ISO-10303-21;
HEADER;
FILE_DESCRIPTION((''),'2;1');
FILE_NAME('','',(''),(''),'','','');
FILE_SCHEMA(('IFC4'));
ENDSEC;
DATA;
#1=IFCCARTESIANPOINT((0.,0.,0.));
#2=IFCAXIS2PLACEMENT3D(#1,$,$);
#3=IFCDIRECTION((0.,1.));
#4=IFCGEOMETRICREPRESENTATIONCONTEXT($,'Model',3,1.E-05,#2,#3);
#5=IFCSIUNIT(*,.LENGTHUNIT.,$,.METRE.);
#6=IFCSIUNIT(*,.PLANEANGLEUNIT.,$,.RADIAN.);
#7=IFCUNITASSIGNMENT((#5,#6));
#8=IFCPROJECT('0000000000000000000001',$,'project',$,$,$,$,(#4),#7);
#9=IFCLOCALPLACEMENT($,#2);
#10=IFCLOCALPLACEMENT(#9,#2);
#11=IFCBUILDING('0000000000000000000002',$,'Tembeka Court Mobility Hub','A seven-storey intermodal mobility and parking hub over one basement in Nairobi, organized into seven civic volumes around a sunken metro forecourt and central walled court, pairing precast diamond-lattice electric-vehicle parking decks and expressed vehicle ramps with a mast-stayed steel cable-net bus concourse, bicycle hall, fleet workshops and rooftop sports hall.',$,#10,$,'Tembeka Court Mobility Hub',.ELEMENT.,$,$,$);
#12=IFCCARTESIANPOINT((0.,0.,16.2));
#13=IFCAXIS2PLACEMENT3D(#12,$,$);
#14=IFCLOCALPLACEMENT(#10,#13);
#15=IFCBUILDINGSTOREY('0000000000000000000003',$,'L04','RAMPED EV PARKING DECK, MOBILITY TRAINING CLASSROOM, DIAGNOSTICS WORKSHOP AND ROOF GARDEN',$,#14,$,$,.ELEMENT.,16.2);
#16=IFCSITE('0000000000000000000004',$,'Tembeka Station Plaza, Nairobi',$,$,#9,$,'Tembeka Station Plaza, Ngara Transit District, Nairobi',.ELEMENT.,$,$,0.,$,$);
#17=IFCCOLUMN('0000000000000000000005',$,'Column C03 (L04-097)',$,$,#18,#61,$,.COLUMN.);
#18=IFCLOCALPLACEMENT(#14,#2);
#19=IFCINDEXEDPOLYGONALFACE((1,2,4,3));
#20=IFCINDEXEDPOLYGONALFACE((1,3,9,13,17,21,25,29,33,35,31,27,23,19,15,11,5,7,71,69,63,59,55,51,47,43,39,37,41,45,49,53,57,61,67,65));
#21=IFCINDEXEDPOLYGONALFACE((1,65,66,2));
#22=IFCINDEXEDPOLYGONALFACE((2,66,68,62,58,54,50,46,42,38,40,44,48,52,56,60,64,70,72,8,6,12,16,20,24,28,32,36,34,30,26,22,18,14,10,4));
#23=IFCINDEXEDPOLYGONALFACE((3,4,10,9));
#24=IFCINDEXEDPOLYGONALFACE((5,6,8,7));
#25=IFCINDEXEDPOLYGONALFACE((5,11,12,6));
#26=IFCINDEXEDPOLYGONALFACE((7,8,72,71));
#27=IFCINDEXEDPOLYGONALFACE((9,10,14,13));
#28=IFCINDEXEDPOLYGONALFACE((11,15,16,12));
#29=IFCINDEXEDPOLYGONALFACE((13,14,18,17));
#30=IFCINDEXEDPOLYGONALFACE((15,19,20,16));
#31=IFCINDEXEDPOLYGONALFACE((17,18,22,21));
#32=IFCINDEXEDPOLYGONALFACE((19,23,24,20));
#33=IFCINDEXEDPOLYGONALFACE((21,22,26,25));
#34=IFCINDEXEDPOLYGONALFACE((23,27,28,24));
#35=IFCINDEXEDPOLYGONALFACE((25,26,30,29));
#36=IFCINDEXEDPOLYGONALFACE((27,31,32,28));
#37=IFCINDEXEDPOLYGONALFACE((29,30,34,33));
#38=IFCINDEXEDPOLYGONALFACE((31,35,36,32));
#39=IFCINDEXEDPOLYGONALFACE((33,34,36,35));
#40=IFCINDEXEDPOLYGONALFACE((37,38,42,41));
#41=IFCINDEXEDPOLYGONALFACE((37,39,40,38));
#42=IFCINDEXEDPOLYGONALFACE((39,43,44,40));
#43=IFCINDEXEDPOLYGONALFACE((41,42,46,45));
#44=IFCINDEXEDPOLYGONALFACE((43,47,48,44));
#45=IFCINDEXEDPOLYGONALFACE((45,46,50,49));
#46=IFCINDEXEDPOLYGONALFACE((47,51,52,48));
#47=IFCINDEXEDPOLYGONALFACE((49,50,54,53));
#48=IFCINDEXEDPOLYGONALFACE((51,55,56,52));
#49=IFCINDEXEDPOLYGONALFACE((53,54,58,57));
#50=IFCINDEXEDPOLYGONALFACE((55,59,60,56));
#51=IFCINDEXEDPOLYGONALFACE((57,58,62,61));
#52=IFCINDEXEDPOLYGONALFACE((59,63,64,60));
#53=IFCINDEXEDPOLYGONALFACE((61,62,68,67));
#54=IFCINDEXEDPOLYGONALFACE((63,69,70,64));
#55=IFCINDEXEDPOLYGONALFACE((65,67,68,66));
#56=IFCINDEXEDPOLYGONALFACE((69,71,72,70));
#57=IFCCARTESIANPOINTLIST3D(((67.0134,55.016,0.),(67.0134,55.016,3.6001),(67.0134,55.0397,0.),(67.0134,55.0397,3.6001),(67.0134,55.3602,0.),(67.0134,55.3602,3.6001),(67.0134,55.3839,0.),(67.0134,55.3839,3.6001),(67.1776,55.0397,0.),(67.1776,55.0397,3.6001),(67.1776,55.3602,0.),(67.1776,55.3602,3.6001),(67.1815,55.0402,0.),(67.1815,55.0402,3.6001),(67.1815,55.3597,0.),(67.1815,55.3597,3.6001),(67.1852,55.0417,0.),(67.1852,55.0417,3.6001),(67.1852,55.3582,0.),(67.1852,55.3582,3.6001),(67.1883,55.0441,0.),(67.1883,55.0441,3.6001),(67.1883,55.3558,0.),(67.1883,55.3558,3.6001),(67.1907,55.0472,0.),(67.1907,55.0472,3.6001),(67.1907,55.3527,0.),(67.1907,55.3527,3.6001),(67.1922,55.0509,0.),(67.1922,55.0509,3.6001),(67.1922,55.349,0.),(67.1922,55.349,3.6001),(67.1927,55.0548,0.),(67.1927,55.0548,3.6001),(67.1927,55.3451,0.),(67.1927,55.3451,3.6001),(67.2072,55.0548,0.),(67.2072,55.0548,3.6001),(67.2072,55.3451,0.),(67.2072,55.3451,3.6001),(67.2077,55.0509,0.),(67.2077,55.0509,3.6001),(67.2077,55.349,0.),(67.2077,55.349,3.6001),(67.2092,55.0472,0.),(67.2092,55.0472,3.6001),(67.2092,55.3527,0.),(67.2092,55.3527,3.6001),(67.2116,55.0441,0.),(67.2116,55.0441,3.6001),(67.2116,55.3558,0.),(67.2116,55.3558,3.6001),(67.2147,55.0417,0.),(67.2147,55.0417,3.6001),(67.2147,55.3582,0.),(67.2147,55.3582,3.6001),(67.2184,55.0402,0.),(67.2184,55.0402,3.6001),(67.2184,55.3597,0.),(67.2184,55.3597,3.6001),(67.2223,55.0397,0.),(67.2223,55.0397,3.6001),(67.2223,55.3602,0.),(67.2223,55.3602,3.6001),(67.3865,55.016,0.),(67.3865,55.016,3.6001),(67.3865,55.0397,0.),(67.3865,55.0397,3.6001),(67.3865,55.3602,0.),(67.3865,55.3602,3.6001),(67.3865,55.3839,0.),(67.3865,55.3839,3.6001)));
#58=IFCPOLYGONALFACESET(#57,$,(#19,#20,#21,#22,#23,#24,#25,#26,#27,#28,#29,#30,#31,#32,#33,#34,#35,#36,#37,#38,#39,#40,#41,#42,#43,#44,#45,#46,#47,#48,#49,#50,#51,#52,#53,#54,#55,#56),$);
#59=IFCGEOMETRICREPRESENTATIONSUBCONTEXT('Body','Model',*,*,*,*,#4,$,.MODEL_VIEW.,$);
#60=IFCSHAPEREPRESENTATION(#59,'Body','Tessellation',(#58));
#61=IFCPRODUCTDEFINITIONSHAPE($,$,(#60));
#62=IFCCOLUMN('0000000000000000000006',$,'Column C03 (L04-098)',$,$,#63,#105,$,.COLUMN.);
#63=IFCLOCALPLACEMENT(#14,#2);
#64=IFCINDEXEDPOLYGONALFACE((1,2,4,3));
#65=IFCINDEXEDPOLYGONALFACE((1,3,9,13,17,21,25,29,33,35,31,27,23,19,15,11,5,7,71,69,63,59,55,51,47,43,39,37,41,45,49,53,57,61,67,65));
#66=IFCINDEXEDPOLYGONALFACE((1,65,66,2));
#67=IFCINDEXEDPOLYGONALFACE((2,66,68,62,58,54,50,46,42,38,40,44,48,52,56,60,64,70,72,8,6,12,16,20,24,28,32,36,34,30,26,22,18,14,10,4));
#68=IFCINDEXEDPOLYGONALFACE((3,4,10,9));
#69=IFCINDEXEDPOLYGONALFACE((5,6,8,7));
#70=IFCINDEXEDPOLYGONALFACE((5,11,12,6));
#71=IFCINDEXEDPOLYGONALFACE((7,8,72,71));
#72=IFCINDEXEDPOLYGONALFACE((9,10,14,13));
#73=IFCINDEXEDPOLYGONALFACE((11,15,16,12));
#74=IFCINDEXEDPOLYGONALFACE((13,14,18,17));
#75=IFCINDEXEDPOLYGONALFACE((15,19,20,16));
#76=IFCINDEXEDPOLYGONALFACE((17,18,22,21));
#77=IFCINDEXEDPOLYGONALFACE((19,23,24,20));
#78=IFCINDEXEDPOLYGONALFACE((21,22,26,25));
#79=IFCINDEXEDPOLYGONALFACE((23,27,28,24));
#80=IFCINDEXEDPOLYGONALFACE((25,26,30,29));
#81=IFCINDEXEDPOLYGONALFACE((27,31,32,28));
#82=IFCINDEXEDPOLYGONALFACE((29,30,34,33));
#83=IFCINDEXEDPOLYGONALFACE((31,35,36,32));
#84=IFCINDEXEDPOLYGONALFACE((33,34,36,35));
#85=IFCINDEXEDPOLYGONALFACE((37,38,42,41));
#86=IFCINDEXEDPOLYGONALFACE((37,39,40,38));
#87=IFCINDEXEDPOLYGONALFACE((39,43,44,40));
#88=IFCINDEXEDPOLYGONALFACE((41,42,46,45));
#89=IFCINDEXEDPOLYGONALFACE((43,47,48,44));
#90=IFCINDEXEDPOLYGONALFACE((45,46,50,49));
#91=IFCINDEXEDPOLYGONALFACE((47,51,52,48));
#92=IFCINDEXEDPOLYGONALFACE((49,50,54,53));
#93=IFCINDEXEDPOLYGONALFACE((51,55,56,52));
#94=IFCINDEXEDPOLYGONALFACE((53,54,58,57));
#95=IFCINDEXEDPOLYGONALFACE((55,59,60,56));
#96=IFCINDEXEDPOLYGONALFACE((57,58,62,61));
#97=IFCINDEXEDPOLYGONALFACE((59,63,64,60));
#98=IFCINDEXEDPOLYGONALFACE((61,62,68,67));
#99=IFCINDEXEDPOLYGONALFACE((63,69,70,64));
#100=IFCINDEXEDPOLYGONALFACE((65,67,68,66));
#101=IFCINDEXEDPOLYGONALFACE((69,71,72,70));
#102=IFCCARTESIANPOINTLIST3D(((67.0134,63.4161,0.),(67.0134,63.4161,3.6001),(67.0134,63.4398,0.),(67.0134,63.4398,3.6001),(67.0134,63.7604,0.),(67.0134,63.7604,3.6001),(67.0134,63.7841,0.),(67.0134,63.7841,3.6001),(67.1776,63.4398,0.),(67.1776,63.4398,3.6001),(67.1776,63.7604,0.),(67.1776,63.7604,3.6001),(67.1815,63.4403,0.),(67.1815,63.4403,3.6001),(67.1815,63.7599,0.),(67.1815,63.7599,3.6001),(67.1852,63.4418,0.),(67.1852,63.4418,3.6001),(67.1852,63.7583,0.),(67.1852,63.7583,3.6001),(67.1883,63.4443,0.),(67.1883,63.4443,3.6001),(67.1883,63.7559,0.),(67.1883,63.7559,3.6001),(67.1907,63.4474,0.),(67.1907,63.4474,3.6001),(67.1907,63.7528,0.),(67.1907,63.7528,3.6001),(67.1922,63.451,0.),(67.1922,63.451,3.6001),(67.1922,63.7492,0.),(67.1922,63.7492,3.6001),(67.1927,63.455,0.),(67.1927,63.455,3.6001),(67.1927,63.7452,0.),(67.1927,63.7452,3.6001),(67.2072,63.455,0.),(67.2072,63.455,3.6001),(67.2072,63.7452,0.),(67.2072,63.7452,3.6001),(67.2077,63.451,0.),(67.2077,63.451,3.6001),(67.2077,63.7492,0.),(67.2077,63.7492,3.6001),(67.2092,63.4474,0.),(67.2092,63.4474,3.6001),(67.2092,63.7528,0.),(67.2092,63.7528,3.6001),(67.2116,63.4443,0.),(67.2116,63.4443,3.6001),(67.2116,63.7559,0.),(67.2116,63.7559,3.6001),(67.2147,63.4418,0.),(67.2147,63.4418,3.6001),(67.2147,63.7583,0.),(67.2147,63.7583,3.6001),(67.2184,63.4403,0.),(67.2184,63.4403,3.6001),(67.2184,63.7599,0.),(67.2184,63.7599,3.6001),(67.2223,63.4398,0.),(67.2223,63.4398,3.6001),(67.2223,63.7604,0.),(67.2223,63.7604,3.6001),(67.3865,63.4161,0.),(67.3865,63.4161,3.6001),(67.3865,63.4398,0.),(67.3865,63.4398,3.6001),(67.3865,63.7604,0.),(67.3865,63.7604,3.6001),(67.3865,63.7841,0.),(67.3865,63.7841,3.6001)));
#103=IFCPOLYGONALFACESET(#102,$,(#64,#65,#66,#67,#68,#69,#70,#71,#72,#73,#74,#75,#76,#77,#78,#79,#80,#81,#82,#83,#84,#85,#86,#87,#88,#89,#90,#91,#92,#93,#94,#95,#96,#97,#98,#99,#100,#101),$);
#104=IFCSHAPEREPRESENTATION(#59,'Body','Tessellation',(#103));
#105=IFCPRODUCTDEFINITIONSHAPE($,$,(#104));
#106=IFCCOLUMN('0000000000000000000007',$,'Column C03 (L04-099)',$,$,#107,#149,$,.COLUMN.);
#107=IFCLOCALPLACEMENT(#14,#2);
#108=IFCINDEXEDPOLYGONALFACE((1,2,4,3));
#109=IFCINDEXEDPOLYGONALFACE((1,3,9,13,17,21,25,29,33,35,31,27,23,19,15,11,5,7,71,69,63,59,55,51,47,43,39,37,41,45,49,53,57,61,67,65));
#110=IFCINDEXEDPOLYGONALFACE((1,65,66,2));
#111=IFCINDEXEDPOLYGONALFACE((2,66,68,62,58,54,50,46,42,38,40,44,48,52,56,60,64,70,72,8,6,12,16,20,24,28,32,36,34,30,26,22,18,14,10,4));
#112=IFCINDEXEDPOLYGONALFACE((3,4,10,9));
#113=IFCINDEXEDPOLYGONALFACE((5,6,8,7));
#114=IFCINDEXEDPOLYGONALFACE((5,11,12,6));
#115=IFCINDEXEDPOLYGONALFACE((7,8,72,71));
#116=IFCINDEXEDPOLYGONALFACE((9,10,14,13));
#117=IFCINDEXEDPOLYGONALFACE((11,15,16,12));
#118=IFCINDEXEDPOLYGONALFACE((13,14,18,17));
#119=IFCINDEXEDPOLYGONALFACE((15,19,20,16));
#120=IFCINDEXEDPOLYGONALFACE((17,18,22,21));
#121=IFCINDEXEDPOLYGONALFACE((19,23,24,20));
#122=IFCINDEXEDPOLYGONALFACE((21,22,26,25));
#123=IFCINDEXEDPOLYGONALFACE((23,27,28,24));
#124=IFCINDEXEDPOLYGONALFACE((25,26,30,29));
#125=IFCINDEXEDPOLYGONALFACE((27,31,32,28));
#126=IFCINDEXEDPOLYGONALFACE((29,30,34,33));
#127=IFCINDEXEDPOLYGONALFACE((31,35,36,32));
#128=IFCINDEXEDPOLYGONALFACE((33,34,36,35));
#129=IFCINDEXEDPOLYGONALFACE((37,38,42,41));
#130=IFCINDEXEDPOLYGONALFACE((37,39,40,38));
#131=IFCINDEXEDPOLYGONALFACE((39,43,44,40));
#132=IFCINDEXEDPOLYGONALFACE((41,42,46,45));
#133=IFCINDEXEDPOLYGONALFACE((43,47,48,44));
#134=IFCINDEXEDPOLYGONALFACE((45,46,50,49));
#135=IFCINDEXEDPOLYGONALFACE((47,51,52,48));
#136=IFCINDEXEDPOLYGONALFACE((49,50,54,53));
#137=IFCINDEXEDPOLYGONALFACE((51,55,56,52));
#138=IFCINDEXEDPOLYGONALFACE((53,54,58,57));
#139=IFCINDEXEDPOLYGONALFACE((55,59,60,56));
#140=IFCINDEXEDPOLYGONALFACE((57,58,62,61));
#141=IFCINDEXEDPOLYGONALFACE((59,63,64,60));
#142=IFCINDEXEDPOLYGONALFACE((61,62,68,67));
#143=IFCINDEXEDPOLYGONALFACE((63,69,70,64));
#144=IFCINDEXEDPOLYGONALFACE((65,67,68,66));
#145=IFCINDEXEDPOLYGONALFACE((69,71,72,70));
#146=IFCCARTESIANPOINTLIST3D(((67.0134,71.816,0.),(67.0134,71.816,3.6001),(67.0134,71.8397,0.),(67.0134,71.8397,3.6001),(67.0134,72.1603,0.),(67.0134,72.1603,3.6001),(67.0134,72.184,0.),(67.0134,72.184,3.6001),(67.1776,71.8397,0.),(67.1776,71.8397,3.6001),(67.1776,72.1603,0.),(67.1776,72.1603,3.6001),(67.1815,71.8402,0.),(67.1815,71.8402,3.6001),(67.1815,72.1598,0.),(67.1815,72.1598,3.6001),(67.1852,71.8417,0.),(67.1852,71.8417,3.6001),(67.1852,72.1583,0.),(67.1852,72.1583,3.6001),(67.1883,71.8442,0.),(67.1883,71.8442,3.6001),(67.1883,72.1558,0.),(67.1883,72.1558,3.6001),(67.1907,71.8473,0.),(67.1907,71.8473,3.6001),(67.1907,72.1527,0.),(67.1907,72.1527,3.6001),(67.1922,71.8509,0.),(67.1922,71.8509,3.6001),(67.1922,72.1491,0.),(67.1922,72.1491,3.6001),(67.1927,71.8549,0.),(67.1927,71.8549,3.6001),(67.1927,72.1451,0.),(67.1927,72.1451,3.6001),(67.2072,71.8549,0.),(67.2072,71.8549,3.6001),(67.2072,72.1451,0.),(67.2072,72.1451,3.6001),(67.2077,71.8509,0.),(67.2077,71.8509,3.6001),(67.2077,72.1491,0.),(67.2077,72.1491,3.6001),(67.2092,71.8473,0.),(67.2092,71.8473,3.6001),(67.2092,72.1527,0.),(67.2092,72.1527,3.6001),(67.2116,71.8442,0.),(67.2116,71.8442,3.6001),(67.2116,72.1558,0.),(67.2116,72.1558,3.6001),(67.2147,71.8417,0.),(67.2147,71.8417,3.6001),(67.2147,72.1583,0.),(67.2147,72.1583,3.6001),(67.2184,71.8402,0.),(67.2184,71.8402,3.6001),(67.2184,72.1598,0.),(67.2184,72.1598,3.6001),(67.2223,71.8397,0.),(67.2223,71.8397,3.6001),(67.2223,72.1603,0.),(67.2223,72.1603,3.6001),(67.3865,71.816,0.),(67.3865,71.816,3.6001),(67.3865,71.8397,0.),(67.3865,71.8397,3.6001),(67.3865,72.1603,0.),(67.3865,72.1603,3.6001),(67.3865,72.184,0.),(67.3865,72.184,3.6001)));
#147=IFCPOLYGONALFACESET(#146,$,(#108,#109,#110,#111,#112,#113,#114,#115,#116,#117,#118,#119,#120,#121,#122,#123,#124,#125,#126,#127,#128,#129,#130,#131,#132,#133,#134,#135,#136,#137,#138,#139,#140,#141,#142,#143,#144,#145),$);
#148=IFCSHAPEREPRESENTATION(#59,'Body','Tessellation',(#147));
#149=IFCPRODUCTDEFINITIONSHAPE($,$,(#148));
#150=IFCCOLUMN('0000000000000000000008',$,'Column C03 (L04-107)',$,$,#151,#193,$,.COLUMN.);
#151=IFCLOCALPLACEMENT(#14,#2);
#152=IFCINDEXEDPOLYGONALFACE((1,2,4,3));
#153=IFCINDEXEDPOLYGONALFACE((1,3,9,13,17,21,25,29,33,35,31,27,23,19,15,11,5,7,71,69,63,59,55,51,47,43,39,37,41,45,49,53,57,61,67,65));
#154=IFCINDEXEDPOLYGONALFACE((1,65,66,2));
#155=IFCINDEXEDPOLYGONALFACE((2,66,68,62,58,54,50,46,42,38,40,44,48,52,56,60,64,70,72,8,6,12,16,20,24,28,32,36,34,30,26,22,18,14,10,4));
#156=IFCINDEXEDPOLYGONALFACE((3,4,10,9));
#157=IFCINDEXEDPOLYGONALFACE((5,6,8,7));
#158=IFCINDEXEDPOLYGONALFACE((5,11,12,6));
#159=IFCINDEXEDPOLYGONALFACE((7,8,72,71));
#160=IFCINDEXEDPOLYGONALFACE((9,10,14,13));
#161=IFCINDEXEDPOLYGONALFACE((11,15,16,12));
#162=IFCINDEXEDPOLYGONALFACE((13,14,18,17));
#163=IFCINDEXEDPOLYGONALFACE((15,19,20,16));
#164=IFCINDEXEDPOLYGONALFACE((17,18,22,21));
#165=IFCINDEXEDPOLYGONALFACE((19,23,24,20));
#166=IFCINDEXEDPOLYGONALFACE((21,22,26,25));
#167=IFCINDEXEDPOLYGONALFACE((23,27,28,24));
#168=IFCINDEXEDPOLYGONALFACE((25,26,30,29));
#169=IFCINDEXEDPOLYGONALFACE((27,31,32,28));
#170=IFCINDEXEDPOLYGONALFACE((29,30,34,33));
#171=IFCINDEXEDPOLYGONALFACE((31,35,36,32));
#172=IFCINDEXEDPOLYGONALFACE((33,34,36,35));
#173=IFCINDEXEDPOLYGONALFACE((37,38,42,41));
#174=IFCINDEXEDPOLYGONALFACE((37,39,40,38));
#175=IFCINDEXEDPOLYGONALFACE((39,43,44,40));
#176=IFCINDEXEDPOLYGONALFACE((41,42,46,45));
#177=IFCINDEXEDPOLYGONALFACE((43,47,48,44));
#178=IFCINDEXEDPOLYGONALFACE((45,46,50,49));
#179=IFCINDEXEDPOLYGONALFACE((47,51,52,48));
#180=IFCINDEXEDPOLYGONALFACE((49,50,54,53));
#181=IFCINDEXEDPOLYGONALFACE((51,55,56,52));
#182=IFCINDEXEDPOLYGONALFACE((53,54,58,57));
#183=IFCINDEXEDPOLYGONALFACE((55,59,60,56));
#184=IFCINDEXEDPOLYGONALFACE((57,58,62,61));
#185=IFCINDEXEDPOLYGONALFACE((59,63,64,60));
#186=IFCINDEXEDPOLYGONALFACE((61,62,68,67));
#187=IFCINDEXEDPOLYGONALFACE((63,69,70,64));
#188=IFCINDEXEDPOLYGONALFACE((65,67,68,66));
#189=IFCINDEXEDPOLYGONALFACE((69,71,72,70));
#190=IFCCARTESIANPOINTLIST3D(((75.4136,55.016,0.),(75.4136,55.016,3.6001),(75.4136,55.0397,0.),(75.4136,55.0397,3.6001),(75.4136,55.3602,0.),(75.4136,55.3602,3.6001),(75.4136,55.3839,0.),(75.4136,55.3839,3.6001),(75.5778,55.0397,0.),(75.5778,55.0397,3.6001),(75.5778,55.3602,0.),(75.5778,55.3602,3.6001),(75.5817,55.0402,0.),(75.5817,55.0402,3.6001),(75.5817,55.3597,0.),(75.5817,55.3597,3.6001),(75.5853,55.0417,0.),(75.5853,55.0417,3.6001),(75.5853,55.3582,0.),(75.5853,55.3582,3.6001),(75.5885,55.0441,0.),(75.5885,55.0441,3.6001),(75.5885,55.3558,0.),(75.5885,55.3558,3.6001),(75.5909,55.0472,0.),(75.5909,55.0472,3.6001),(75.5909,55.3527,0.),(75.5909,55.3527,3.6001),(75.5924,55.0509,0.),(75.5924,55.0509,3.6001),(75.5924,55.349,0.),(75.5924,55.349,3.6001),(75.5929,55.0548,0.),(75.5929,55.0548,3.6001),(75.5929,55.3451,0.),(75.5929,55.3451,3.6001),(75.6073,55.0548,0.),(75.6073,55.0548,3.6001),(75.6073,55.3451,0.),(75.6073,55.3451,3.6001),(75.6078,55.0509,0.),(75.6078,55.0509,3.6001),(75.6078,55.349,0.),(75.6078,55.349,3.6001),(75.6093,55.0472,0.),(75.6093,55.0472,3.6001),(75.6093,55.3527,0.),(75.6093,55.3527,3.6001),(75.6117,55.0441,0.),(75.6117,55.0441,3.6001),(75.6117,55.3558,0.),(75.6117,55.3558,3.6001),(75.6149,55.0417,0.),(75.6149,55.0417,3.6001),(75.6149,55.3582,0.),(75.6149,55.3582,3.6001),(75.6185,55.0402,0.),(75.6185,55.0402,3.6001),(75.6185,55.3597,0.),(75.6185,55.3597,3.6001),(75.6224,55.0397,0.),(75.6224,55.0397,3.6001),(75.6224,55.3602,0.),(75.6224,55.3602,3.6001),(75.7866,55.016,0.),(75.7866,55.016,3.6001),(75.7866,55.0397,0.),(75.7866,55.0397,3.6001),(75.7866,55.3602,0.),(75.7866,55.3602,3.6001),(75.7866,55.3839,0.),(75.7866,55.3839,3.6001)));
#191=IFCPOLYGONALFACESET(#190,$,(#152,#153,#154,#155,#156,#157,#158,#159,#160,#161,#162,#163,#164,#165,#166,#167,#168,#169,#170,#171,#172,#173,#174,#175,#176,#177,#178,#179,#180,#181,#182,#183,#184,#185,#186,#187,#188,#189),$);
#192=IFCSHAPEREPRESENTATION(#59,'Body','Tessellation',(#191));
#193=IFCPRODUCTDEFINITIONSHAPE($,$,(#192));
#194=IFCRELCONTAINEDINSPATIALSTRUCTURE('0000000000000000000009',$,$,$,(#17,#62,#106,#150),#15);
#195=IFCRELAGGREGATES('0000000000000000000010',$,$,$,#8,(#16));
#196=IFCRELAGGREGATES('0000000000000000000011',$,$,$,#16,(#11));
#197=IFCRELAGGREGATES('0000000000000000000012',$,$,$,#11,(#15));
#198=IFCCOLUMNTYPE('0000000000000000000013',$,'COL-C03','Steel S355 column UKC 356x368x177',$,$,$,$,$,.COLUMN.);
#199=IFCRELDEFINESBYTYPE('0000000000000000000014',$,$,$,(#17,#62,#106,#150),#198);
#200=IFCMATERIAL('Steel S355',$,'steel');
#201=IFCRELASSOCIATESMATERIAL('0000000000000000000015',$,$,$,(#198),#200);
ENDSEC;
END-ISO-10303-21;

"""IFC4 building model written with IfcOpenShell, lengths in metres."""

from ifc_helpers import new_model, si_unit, direction, frame, origin, origin_2d, place, context, subcontext, project, spatial, i_section, extrude, material, material_profile, profile_set, type_object, element, save


model = new_model("IFC4")

# Units and contexts
model_context = context("Model", 3, precision=1e-05, world=origin(), true_north=direction((0.0, 1.0)))
body_context = subcontext(model_context, "Body", "Model", "MODEL_VIEW")
ifc_project = project(units=[si_unit("LENGTHUNIT", "METRE"), si_unit("PLANEANGLEUNIT", "RADIAN")], contexts=[model_context])

# Site, building, storey
site_placement = place(None, origin())
site = spatial("IfcSite", under=ifc_project, at=site_placement, Name="Tembeka Station Plaza, Nairobi", LongName="Tembeka Station Plaza, Ngara Transit District, Nairobi", CompositionType="ELEMENT", RefElevation=0.0)
building_placement = place(site_placement, origin())
building = spatial("IfcBuilding", under=site, at=building_placement, Name="Tembeka Court Mobility Hub", Description="A seven-storey intermodal mobility and parking hub over one basement in Nairobi, organized into seven civic volumes around a sunken metro forecourt and central walled court, pairing precast diamond-lattice electric-vehicle parking decks and expressed vehicle ramps with a mast-stayed steel cable-net bus concourse, bicycle hall, fleet workshops and rooftop sports hall.", LongName="Tembeka Court Mobility Hub", CompositionType="ELEMENT")
storey_placement = place(building_placement, frame((0.0, 0.0, 16.2)))
storey = spatial("IfcBuildingStorey", under=building, at=storey_placement, Name="L04", Description="RAMPED EV PARKING DECK, MOBILITY TRAINING CLASSROOM, DIAGNOSTICS WORKSHOP AND ROOF GARDEN", CompositionType="ELEMENT", Elevation=16.2)

# Columns
ifc_material_1 = material(Name="Steel S355", Category="steel")
ifc_material_profile_1 = material_profile(ifc_material_1, i_section(OverallWidth=0.373, OverallDepth=0.3679, WebThickness=0.0144, FlangeThickness=0.0237, FilletRadius=0.0151, at=origin_2d()), Name="UKC 356x368x177")
ifc_profile_set_1 = profile_set([ifc_material_profile_1], Name="Steel S355")
column_type = type_object("IfcColumnType", Name="COL-C03", Description="Steel S355 column UKC 356x368x177", PredefinedType="COLUMN", material=ifc_profile_set_1)
for number, where, z_axis, x_axis, name in (
    (1, (67.2, 55.2, 0.0), (0.0, 0.0, 1.0), (1.0, 0.0, 0.0), "Column C03 (L04-097)"),
    (2, (67.2, 63.6001, 0.0), (0.0, 0.0, 1.0), (1.0, 0.0, 0.0), "Column C03 (L04-098)"),
    (3, (67.2, 72.0, 0.0), (0.0, 0.0, 1.0), (1.0, 0.0, 0.0), "Column C03 (L04-099)"),
    (4, (75.6001, 55.2, 0.0), (0.0, 0.0, 1.0), (1.0, 0.0, 0.0), "Column C03 (L04-107)"),
):
    element("IfcColumn", number, at=place(storey_placement, frame(where, z_axis=z_axis, x_axis=x_axis)), inside=storey, type_object=column_type, Name=name, PredefinedType="COLUMN", context=body_context, shape_type="SweptSolid", body=[
        extrude(i_section(OverallWidth=0.373, OverallDepth=0.3679, WebThickness=0.0144, FlangeThickness=0.0237, FilletRadius=0.0151, at=origin_2d()), origin(), (0.0, 0.0, 1.0), 3.6001),
    ])

save(model, "model.ifc")
